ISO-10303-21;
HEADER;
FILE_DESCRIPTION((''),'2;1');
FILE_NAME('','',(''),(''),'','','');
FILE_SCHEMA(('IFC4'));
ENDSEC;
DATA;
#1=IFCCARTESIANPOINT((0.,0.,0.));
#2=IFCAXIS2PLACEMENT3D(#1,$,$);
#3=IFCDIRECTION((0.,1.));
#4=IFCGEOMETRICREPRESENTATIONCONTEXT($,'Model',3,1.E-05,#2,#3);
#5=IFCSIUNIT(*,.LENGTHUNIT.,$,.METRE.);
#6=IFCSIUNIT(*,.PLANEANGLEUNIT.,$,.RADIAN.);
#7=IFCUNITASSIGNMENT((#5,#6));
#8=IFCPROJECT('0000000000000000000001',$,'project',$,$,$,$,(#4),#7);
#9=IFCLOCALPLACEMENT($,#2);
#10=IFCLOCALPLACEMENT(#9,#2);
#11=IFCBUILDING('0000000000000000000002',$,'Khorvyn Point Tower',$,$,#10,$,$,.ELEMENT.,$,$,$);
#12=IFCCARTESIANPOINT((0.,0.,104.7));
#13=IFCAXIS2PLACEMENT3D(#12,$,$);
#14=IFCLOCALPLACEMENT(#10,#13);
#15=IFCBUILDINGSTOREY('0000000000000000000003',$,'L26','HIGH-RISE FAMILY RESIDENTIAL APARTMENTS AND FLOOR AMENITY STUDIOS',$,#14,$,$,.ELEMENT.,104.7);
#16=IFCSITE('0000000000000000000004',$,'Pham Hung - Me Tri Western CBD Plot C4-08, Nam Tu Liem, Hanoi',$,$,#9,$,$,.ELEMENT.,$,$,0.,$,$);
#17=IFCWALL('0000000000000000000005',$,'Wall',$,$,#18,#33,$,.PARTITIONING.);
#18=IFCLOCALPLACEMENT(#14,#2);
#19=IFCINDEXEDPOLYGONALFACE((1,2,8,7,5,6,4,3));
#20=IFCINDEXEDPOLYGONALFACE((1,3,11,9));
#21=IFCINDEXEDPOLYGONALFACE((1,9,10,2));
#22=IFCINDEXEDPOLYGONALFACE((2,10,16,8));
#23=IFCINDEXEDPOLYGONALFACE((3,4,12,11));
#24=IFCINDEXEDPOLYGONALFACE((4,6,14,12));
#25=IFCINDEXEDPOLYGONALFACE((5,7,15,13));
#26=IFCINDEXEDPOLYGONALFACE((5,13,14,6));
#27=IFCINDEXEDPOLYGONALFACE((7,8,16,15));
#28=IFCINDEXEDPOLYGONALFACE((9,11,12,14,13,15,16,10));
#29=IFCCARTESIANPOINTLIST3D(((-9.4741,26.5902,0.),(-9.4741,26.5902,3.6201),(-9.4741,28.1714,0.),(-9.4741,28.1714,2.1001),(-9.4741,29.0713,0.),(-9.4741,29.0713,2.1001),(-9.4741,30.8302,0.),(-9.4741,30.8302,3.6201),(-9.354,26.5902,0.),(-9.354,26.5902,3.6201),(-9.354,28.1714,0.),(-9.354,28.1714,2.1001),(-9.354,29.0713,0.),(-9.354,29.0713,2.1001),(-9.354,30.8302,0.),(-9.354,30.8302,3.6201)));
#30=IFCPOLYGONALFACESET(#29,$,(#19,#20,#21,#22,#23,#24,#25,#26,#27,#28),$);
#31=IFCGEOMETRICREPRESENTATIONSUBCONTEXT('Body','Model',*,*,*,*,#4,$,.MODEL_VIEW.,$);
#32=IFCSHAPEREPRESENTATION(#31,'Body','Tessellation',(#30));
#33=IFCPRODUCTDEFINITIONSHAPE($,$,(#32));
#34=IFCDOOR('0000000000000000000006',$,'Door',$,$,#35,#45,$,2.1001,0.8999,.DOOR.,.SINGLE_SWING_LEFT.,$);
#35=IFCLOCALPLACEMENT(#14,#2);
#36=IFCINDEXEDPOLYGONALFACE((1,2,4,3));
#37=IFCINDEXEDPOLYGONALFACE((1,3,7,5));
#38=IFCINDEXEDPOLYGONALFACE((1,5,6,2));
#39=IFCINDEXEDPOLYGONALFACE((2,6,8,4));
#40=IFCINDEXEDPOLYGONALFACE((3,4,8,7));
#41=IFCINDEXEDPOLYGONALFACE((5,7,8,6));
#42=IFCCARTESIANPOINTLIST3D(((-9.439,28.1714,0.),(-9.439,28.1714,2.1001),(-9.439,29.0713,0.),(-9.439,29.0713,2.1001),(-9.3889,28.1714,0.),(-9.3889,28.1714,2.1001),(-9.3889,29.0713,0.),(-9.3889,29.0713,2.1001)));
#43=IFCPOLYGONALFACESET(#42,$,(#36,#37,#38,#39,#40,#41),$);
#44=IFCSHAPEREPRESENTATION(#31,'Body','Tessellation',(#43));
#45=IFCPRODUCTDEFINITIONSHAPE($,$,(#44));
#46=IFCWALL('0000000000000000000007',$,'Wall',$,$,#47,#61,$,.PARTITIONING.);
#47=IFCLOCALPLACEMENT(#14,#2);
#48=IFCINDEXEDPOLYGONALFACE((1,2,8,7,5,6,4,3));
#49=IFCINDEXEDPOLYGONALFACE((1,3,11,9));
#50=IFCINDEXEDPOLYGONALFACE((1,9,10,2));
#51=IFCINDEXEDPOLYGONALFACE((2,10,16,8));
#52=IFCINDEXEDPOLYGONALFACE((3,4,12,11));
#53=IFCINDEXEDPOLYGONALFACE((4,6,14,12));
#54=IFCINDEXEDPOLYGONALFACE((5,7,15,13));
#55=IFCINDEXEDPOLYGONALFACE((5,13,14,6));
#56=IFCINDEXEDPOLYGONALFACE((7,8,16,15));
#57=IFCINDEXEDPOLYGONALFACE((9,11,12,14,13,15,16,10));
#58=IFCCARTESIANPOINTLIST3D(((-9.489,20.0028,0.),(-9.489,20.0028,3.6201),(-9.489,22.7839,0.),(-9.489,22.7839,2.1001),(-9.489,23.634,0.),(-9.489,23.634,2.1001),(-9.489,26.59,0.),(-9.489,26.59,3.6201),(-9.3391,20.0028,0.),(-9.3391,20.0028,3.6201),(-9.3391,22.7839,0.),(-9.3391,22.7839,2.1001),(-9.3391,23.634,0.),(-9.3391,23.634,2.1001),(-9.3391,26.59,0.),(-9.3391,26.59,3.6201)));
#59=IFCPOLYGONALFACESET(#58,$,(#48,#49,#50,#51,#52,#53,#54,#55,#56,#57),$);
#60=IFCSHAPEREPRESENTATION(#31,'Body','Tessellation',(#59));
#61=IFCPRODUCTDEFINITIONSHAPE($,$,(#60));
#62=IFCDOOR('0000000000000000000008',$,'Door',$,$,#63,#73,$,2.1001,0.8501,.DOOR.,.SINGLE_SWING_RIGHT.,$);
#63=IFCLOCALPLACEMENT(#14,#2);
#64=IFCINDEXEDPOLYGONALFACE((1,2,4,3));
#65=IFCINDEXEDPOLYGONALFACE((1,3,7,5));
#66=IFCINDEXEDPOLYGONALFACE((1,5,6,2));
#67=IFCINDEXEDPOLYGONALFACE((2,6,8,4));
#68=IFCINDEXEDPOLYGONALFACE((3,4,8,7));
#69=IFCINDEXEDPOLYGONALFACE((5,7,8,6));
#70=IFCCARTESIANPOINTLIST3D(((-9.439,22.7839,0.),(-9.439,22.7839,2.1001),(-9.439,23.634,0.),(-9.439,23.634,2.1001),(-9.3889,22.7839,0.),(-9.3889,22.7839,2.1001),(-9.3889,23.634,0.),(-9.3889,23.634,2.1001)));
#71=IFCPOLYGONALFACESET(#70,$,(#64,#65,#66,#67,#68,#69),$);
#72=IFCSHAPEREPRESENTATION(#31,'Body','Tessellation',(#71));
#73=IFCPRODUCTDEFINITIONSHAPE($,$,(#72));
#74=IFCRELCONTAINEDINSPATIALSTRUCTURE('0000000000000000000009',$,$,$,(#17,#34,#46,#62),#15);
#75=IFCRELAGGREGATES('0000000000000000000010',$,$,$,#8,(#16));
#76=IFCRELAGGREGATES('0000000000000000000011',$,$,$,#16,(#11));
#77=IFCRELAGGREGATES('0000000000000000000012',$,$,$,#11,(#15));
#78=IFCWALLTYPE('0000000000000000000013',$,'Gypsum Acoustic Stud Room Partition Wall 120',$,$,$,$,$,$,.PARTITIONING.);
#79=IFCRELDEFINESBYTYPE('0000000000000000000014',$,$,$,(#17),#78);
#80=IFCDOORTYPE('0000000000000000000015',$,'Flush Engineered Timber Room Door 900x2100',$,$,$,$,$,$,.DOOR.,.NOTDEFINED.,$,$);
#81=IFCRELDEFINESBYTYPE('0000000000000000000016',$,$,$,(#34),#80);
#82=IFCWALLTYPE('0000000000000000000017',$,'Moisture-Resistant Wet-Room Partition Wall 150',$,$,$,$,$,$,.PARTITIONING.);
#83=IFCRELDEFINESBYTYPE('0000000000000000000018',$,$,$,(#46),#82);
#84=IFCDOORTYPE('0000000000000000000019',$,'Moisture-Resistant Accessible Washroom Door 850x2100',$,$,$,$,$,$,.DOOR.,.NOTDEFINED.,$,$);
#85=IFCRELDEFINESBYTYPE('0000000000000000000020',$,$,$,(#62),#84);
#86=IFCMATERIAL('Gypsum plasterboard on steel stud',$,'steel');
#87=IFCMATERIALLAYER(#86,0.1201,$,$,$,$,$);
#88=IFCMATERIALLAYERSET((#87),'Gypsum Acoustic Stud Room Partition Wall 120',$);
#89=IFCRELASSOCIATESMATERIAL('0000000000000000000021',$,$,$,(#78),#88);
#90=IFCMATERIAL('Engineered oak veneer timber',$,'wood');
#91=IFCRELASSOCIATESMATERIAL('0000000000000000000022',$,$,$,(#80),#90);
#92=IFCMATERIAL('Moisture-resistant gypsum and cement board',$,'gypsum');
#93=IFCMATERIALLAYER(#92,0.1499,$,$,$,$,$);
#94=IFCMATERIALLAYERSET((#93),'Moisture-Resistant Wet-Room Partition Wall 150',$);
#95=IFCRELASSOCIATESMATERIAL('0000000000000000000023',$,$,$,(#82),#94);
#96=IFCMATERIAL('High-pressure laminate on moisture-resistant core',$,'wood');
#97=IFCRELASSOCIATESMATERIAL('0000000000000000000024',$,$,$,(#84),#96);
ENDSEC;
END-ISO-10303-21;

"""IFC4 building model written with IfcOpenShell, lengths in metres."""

from ifc_helpers import new_model, si_unit, direction, frame, frame_2d, origin, place, context, subcontext, project, spatial, rectangle, extrude, material, layer, layer_set, type_object, element, fill, save


model = new_model("IFC4")

# Units and contexts
model_context = context("Model", 3, precision=1e-05, world=origin(), true_north=direction((0.0, 1.0)))
body_context = subcontext(model_context, "Body", "Model", "MODEL_VIEW")
ifc_project = project(units=[si_unit("LENGTHUNIT", "METRE"), si_unit("PLANEANGLEUNIT", "RADIAN")], contexts=[model_context])

# Site, building, storey
site_placement = place(None, origin())
site = spatial("IfcSite", under=ifc_project, at=site_placement, Name="Pham Hung - Me Tri Western CBD Plot C4-08, Nam Tu Liem, Hanoi", CompositionType="ELEMENT", RefElevation=0.0)
building_placement = place(site_placement, origin())
building = spatial("IfcBuilding", under=site, at=building_placement, Name="Khorvyn Point Tower", CompositionType="ELEMENT")
storey_placement = place(building_placement, frame((0.0, 0.0, 104.7)))
storey = spatial("IfcBuildingStorey", under=building, at=storey_placement, Name="L26", Description="HIGH-RISE FAMILY RESIDENTIAL APARTMENTS AND FLOOR AMENITY STUDIOS", CompositionType="ELEMENT", Elevation=104.7)

# Walls, openings, doors
ifc_material_1 = material(Name="Gypsum plasterboard on steel stud", Category="steel")
ifc_layer_1 = layer(ifc_material_1, 0.1201)
ifc_layer_set_1 = layer_set([ifc_layer_1], Name="Gypsum Acoustic Stud Room Partition Wall 120")
wall_type_1 = type_object("IfcWallType", Name="Gypsum Acoustic Stud Room Partition Wall 120", PredefinedType="PARTITIONING", material=ifc_layer_set_1)
ifc_material_2 = material(Name="Engineered oak veneer timber", Category="wood")
door_type_1 = type_object("IfcDoorType", Name="Flush Engineered Timber Room Door 900x2100", OperationType="NOTDEFINED", PredefinedType="DOOR", material=ifc_material_2)
wall_1_placement = place(storey_placement, frame((-9.4141, 26.5901, 0.0), z_axis=(0.0, 0.0, 1.0), x_axis=(0.0, 1.0, 0.0)))
wall_1 = element("IfcWall", 1, at=wall_1_placement, inside=storey, type_object=wall_type_1, Name="Wall", PredefinedType="PARTITIONING", context=body_context, shape_type="SweptSolid", body=[
    extrude(rectangle(XDim=4.24, YDim=0.1201, at=frame_2d((2.1201, 0.0))), origin(), (0.0, 0.0, 1.0), 3.6201),
])
opening_1_placement = place(wall_1_placement, frame((1.5813, 0.0, 0.0)))
opening_1 = element("IfcOpeningElement", 2, at=opening_1_placement, cuts=wall_1, PredefinedType="OPENING", context=body_context, shape_type="SweptSolid", body=[
    extrude(rectangle(XDim=0.8999, YDim=2.1001, at=frame_2d((0.45, 1.05))), frame((0.0, 0.0701, 0.0), z_axis=(0.0, -1.0, 0.0), x_axis=(1.0, 0.0, 0.0)), (0.0, 0.0, 1.0), 0.1401),
])
door_1_placement = place(opening_1_placement, origin())
door_1 = element("IfcDoor", 3, at=door_1_placement, inside=storey, type_object=door_type_1, Name="Door", OperationType="SINGLE_SWING_LEFT", OverallHeight=2.1001, OverallWidth=0.8999, PredefinedType="DOOR", context=body_context, shape_type="SweptSolid", body=[
    extrude(rectangle(XDim=0.8999, YDim=2.1001, at=frame_2d((0.45, 1.05))), frame((0.0, 0.0249, 0.0), z_axis=(0.0, -1.0, 0.0), x_axis=(1.0, 0.0, 0.0)), (0.0, 0.0, 1.0), 0.05),
])
fill(opening_1, door_1)
ifc_material_3 = material(Name="Moisture-resistant gypsum and cement board", Category="gypsum")
ifc_layer_2 = layer(ifc_material_3, 0.1499)
ifc_layer_set_2 = layer_set([ifc_layer_2], Name="Moisture-Resistant Wet-Room Partition Wall 150")
wall_type_2 = type_object("IfcWallType", Name="Moisture-Resistant Wet-Room Partition Wall 150", PredefinedType="PARTITIONING", material=ifc_layer_set_2)
wall_2_placement = place(storey_placement, frame((-9.4141, 20.0029, 0.0), z_axis=(0.0, 0.0, 1.0), x_axis=(0.0, 1.0, 0.0)))
wall_2 = element("IfcWall", 4, at=wall_2_placement, inside=storey, type_object=wall_type_2, Name="Wall", PredefinedType="PARTITIONING", context=body_context, shape_type="SweptSolid", body=[
    extrude(rectangle(XDim=6.5872, YDim=0.1499, at=frame_2d((3.2935, 0.0))), origin(), (0.0, 0.0, 1.0), 3.6201),
])
opening_2_placement = place(wall_2_placement, frame((2.781, 0.0, 0.0)))
opening_2 = element("IfcOpeningElement", 5, at=opening_2_placement, cuts=wall_2, PredefinedType="OPENING", context=body_context, shape_type="SweptSolid", body=[
    extrude(rectangle(XDim=0.8501, YDim=2.1001, at=frame_2d((0.425, 1.05))), frame((0.0, 0.085, 0.0), z_axis=(0.0, -1.0, 0.0), x_axis=(1.0, 0.0, 0.0)), (0.0, 0.0, 1.0), 0.1699),
])
ifc_material_4 = material(Name="High-pressure laminate on moisture-resistant core", Category="wood")
door_type_2 = type_object("IfcDoorType", Name="Moisture-Resistant Accessible Washroom Door 850x2100", OperationType="NOTDEFINED", PredefinedType="DOOR", material=ifc_material_4)
door_2_placement = place(opening_2_placement, origin())
door_2 = element("IfcDoor", 6, at=door_2_placement, inside=storey, type_object=door_type_2, Name="Door", OperationType="SINGLE_SWING_RIGHT", OverallHeight=2.1001, OverallWidth=0.8501, PredefinedType="DOOR", context=body_context, shape_type="SweptSolid", body=[
    extrude(rectangle(XDim=0.8501, YDim=2.1001, at=frame_2d((0.425, 1.05))), frame((0.0, 0.0249, 0.0), z_axis=(0.0, -1.0, 0.0), x_axis=(1.0, 0.0, 0.0)), (0.0, 0.0, 1.0), 0.05),
])
fill(opening_2, door_2)

save(model, "model.ifc")
